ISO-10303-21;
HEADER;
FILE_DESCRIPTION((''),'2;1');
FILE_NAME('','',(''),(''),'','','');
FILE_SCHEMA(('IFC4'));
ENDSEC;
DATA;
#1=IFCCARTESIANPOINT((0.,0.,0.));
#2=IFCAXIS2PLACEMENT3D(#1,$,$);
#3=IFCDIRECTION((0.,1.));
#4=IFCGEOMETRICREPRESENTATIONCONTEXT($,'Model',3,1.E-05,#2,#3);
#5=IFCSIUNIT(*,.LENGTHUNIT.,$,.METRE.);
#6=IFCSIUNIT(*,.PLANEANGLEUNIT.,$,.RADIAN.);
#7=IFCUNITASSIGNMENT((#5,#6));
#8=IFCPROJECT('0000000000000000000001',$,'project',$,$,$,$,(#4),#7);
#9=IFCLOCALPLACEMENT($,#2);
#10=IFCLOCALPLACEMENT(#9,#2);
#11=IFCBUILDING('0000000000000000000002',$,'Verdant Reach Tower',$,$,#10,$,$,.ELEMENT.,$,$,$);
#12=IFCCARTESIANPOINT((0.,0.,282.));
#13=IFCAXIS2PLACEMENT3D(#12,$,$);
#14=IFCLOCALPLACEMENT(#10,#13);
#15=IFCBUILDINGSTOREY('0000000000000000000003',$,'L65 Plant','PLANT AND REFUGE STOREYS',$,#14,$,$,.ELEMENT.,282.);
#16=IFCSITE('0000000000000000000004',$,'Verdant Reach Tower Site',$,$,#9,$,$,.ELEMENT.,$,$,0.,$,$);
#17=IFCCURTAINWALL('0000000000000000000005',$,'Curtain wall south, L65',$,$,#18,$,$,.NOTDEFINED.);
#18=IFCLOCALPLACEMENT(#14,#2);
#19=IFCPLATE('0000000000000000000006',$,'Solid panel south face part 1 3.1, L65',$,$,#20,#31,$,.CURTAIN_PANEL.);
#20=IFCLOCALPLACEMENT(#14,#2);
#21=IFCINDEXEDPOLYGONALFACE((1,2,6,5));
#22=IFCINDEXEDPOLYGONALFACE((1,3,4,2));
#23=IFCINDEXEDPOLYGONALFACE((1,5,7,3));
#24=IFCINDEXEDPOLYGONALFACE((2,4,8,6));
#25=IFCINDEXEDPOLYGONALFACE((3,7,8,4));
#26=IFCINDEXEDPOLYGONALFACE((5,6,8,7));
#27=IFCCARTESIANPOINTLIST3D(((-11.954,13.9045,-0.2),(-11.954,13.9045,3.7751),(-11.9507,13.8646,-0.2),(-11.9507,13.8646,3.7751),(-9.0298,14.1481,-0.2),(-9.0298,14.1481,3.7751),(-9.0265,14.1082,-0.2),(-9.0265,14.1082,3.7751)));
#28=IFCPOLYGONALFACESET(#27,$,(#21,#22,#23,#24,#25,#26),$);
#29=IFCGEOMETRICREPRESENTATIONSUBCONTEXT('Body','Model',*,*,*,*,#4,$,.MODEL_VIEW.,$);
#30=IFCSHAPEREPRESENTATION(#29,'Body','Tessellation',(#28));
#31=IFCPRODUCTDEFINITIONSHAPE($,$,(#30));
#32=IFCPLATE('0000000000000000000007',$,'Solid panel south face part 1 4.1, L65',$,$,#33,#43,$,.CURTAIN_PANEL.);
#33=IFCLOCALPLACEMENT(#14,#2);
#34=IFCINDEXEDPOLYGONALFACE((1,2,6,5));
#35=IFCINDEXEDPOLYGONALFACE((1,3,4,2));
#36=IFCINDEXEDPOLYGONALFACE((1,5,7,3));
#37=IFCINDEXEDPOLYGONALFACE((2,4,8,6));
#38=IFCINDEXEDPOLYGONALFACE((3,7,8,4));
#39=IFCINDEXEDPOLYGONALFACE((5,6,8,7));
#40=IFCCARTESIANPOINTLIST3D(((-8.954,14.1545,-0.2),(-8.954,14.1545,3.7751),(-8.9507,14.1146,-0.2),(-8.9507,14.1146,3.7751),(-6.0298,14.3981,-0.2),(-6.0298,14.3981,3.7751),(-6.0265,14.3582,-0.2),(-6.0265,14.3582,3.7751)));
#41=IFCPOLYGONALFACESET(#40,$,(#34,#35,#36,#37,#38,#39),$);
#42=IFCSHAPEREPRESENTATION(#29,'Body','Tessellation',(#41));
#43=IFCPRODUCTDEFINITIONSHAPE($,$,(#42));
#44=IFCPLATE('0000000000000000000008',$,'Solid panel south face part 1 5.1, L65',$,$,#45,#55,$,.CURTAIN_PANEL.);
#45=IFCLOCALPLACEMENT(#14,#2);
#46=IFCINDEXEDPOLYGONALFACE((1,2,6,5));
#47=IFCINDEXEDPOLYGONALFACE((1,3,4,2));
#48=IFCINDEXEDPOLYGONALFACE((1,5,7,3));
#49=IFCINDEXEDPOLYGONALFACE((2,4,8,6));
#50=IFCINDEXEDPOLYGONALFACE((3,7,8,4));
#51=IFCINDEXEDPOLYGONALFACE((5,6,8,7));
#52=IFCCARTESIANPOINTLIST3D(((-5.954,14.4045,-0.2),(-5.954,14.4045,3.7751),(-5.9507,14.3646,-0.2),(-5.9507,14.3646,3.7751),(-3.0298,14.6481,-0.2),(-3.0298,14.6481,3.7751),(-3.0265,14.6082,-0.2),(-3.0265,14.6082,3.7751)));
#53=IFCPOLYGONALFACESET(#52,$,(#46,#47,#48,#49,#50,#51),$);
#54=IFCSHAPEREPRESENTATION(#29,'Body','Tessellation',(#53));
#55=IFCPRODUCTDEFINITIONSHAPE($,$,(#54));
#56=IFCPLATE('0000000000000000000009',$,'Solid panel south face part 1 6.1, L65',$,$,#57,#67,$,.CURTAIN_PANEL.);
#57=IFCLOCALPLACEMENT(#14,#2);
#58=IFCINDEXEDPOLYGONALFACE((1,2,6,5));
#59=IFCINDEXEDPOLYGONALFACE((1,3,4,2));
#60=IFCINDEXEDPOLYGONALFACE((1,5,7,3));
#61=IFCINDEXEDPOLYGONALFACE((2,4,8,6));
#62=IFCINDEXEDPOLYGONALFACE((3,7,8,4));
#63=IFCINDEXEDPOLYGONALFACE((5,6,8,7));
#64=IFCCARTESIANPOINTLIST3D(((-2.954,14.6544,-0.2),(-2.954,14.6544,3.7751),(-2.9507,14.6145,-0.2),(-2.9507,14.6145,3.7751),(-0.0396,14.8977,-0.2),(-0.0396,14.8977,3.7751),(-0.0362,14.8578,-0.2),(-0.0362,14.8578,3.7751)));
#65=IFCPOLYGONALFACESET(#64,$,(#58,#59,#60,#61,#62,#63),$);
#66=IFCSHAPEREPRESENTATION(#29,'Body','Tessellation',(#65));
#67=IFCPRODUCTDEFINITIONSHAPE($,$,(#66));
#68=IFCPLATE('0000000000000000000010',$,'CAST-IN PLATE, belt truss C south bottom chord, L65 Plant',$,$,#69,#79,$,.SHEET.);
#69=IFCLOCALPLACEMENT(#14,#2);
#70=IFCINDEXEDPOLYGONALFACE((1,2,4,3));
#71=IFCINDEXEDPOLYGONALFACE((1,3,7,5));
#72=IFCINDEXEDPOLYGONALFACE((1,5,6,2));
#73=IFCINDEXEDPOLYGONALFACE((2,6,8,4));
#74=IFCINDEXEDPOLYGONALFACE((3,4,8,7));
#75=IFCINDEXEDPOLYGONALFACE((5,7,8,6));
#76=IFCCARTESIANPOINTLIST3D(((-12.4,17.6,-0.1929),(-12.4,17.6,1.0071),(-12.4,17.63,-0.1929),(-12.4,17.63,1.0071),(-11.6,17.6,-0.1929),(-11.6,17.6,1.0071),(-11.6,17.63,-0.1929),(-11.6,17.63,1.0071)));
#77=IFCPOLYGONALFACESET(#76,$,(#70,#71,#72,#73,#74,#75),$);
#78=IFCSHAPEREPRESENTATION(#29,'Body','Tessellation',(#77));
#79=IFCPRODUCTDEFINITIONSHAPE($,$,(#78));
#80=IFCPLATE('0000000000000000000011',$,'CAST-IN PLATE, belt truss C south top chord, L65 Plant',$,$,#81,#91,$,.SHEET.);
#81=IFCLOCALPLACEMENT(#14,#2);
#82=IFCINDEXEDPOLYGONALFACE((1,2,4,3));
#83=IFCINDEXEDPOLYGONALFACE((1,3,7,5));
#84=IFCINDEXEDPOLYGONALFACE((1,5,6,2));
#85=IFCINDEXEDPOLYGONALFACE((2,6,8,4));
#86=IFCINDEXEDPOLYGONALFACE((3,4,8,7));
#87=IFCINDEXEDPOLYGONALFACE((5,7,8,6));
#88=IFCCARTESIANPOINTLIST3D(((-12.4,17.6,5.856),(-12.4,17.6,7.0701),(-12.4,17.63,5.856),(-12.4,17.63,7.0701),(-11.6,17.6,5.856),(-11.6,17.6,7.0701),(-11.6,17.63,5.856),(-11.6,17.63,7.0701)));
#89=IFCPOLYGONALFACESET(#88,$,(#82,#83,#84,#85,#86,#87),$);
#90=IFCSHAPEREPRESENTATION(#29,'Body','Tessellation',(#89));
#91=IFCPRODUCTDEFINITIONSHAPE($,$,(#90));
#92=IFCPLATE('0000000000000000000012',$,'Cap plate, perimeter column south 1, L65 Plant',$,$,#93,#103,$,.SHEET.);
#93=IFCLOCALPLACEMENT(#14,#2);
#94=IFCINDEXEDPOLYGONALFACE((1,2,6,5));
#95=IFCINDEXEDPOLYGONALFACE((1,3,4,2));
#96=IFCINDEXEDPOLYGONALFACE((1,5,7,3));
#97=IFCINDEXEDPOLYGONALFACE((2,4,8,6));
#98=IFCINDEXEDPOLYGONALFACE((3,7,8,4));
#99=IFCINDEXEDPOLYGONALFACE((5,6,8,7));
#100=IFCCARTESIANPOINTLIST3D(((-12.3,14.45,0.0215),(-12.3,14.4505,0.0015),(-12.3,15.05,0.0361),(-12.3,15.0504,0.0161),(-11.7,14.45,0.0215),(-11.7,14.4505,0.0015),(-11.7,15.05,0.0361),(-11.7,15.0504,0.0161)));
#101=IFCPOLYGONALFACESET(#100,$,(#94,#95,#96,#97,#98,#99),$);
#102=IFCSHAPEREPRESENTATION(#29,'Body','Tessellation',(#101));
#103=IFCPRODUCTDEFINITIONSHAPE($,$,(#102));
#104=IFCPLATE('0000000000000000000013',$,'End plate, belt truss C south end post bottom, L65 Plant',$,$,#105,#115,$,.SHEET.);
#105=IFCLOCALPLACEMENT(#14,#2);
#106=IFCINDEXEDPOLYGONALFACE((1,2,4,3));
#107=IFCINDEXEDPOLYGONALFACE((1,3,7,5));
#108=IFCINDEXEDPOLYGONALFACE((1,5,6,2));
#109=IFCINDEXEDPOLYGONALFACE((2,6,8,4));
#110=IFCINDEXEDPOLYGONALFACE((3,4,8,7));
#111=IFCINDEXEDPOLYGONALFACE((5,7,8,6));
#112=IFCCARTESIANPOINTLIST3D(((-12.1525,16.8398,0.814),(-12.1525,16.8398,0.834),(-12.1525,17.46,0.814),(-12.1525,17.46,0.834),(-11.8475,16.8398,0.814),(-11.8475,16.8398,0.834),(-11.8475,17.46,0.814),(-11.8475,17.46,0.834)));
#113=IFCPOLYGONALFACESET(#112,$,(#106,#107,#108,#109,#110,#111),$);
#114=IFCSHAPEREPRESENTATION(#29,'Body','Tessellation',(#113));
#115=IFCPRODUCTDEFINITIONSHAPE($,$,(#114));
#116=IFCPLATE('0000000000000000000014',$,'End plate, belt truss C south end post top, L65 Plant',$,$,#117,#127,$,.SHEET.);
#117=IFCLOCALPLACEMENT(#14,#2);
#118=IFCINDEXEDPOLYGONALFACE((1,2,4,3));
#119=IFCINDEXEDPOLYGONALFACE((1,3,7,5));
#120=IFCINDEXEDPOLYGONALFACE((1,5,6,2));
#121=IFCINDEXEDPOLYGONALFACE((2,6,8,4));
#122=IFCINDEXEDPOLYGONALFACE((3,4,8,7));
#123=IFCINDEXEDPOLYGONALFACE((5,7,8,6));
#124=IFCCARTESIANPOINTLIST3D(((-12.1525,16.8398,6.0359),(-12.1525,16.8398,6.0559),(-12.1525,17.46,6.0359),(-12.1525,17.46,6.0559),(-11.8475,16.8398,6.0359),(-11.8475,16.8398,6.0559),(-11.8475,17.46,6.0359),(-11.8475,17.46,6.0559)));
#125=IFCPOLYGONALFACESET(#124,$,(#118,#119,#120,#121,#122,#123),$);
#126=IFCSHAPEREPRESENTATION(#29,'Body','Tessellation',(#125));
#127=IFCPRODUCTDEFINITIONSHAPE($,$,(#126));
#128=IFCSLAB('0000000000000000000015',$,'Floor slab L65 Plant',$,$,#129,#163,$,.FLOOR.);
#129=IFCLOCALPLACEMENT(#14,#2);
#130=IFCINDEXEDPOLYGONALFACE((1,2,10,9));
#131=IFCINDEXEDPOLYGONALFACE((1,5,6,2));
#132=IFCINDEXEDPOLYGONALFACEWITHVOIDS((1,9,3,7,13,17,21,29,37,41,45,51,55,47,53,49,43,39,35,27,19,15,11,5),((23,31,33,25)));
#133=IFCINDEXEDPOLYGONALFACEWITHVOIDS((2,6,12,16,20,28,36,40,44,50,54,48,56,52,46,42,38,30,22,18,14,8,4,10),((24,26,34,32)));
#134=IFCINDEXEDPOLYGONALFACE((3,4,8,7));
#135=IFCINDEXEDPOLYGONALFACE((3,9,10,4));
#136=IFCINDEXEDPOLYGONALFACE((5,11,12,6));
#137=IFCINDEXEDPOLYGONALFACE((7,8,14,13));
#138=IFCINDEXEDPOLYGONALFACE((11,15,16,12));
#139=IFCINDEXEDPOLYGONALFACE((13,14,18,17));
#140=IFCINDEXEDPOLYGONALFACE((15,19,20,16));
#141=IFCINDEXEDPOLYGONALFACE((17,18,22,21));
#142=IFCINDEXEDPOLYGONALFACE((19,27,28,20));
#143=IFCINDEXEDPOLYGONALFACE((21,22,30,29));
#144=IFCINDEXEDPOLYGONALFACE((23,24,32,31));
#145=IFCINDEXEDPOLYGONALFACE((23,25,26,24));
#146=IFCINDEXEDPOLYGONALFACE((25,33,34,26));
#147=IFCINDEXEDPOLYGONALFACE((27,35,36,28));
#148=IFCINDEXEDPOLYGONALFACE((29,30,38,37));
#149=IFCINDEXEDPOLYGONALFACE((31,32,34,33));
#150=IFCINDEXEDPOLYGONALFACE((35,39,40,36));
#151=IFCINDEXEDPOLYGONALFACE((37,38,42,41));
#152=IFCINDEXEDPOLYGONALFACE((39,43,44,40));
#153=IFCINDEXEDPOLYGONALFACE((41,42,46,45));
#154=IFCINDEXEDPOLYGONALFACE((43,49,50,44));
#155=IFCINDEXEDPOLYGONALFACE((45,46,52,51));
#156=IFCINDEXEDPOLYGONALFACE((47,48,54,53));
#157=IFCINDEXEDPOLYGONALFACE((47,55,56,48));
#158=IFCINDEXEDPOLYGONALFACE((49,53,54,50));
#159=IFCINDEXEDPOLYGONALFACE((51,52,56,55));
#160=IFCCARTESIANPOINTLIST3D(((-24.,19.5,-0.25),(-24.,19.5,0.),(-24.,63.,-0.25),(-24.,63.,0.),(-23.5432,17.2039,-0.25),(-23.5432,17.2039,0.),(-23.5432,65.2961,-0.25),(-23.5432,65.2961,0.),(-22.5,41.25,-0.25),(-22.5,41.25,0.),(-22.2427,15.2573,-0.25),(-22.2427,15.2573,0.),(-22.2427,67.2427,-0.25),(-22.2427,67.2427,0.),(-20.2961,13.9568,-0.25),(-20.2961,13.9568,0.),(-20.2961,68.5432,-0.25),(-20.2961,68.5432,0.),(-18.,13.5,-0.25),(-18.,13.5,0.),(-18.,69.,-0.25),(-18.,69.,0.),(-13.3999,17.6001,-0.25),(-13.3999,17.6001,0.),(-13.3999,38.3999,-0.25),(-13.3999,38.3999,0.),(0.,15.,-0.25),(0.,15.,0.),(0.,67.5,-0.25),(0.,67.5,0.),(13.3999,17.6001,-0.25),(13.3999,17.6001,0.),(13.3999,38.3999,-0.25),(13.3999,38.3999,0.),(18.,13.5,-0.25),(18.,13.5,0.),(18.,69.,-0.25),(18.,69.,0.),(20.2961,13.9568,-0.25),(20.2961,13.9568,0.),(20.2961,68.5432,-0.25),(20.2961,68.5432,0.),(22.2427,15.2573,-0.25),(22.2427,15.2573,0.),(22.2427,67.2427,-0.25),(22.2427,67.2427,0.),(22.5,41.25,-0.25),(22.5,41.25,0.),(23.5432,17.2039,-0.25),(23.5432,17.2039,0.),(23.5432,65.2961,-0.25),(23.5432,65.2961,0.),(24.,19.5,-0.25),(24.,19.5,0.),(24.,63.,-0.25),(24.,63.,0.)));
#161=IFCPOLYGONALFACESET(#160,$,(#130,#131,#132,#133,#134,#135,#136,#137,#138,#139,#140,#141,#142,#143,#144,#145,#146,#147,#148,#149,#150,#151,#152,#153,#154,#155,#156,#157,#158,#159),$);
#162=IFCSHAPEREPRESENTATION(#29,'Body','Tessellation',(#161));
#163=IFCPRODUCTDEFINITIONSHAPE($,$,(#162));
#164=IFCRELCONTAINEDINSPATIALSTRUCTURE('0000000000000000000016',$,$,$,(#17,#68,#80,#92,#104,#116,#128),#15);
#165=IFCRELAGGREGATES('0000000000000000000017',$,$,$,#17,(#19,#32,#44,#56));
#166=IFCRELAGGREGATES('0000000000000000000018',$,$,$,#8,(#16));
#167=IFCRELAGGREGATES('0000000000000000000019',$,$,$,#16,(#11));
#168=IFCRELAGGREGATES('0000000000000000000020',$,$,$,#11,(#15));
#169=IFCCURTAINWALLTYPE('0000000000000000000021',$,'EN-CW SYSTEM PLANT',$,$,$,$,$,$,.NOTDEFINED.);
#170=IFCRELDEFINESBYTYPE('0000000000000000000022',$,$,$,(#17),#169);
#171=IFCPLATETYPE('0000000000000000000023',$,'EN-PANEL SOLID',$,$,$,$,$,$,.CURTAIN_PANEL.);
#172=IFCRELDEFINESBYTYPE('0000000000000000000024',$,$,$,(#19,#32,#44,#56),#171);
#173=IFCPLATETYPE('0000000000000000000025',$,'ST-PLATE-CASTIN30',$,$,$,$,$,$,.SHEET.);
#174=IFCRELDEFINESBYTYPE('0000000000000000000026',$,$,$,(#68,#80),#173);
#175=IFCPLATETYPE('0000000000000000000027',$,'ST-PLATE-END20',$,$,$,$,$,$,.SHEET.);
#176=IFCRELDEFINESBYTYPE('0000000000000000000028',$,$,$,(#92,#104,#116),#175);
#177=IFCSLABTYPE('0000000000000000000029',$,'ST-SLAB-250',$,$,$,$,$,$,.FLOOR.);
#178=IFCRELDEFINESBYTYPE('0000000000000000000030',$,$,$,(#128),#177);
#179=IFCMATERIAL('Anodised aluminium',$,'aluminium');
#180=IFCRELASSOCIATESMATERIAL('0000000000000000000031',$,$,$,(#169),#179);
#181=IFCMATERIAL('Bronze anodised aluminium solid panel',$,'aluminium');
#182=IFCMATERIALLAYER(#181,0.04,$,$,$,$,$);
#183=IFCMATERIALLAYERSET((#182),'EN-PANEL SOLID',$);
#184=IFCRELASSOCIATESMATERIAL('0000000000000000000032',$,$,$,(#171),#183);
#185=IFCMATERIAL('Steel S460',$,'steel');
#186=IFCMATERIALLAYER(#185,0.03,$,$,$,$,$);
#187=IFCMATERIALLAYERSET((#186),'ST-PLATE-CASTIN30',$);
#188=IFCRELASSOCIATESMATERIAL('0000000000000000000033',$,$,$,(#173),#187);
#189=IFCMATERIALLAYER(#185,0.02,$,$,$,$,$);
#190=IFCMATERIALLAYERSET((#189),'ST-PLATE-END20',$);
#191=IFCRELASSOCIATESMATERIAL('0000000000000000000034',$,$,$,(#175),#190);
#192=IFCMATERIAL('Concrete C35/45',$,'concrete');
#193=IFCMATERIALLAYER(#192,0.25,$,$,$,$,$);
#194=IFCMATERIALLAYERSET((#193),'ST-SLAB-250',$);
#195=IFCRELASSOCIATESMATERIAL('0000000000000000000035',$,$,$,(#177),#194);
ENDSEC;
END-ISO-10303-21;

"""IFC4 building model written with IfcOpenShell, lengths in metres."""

from ifc_helpers import new_model, si_unit, direction, frame, origin, origin_2d, place, context, subcontext, project, spatial, polyline, rectangle, outline, extrude, material, layer, layer_set, type_object, element, aggregate, save


model = new_model("IFC4")

# Units and contexts
model_context = context("Model", 3, precision=1e-05, world=origin(), true_north=direction((0.0, 1.0)))
body_context = subcontext(model_context, "Body", "Model", "MODEL_VIEW")
ifc_project = project(units=[si_unit("LENGTHUNIT", "METRE"), si_unit("PLANEANGLEUNIT", "RADIAN")], contexts=[model_context])

# Site, building, storey
site_placement = place(None, origin())
site = spatial("IfcSite", under=ifc_project, at=site_placement, Name="Verdant Reach Tower Site", CompositionType="ELEMENT", RefElevation=0.0)
building_placement = place(site_placement, origin())
building = spatial("IfcBuilding", under=site, at=building_placement, Name="Verdant Reach Tower", CompositionType="ELEMENT")
storey_placement = place(building_placement, frame((0.0, 0.0, 282.0)))
storey = spatial("IfcBuildingStorey", under=building, at=storey_placement, Name="L65 Plant", Description="PLANT AND REFUGE STOREYS", CompositionType="ELEMENT", Elevation=282.0)

# Shared definitions
ifc_material_1 = material(Name="Steel S460", Category="steel")

# Curtain wall
ifc_material_2 = material(Name="Anodised aluminium", Category="aluminium")
curtain_wall_type = type_object("IfcCurtainWallType", Name="EN-CW SYSTEM PLANT", PredefinedType="NOTDEFINED", material=ifc_material_2)
curtain_wall_placement = place(storey_placement, origin())
curtain_wall = element("IfcCurtainWall", 1, at=curtain_wall_placement, inside=storey, type_object=curtain_wall_type, Name="Curtain wall south, L65", PredefinedType="NOTDEFINED")

# Plates
ifc_material_3 = material(Name="Bronze anodised aluminium solid panel", Category="aluminium")
ifc_layer_1 = layer(ifc_material_3, 0.04)
ifc_layer_set_1 = layer_set([ifc_layer_1], Name="EN-PANEL SOLID")
plate_type_1 = type_object("IfcPlateType", Name="EN-PANEL SOLID", PredefinedType="CURTAIN_PANEL", material=ifc_layer_set_1)
plate_1_placement = place(storey_placement, frame((-10.4902, 14.0063, -0.2), z_axis=(0.0, 0.0, 1.0), x_axis=(0.996546, 0.083045, 0.0)))
plate_1 = element("IfcPlate", 2, at=plate_1_placement, type_object=plate_type_1, Name="Solid panel south face part 1 3.1, L65", PredefinedType="CURTAIN_PANEL", context=body_context, shape_type="SweptSolid", body=[
    extrude(rectangle(XDim=2.9343, YDim=0.04, at=origin_2d()), origin(), (0.0, 0.0, 1.0), 3.9751),
])
plate_2_placement = place(storey_placement, frame((-7.4902, 14.2563, -0.2), z_axis=(0.0, 0.0, 1.0), x_axis=(0.996546, 0.083045, 0.0)))
plate_2 = element("IfcPlate", 3, at=plate_2_placement, type_object=plate_type_1, Name="Solid panel south face part 1 4.1, L65", PredefinedType="CURTAIN_PANEL", context=body_context, shape_type="SweptSolid", body=[
    extrude(rectangle(XDim=2.9343, YDim=0.04, at=origin_2d()), origin(), (0.0, 0.0, 1.0), 3.9751),
])
plate_3_placement = place(storey_placement, frame((-4.4902, 14.5063, -0.2), z_axis=(0.0, 0.0, 1.0), x_axis=(0.996546, 0.083045, 0.0)))
plate_3 = element("IfcPlate", 4, at=plate_3_placement, type_object=plate_type_1, Name="Solid panel south face part 1 5.1, L65", PredefinedType="CURTAIN_PANEL", context=body_context, shape_type="SweptSolid", body=[
    extrude(rectangle(XDim=2.9343, YDim=0.04, at=origin_2d()), origin(), (0.0, 0.0, 1.0), 3.9751),
])
plate_4_placement = place(storey_placement, frame((-1.4951, 14.7561, -0.2), z_axis=(0.0, 0.0, 1.0), x_axis=(0.996534, 0.083182, 0.0)))
plate_4 = element("IfcPlate", 5, at=plate_4_placement, type_object=plate_type_1, Name="Solid panel south face part 1 6.1, L65", PredefinedType="CURTAIN_PANEL", context=body_context, shape_type="SweptSolid", body=[
    extrude(rectangle(XDim=2.9246, YDim=0.04, at=origin_2d()), origin(), (0.0, 0.0, 1.0), 3.9751),
])

# Plates
ifc_layer_2 = layer(ifc_material_1, 0.03)
ifc_layer_set_2 = layer_set([ifc_layer_2], Name="ST-PLATE-CASTIN30")
plate_type_2 = type_object("IfcPlateType", Name="ST-PLATE-CASTIN30", PredefinedType="SHEET", material=ifc_layer_set_2)
plate_5_placement = place(storey_placement, frame((-12.0, 17.615, -0.1929), z_axis=(0.0, 0.0, 1.0), x_axis=(1.0, 0.0, 0.0)))
element("IfcPlate", 6, at=plate_5_placement, inside=storey, type_object=plate_type_2, Name="CAST-IN PLATE, belt truss C south bottom chord, L65 Plant", PredefinedType="SHEET", context=body_context, shape_type="SweptSolid", body=[
    extrude(rectangle(XDim=0.8, YDim=0.03, at=origin_2d()), origin(), (0.0, 0.0, 1.0), 1.2),
])
plate_6_placement = place(storey_placement, frame((-12.0, 17.615, 5.856), z_axis=(0.0, 0.0, 1.0), x_axis=(1.0, 0.0, 0.0)))
element("IfcPlate", 7, at=plate_6_placement, inside=storey, type_object=plate_type_2, Name="CAST-IN PLATE, belt truss C south top chord, L65 Plant", PredefinedType="SHEET", context=body_context, shape_type="SweptSolid", body=[
    extrude(rectangle(XDim=0.8, YDim=0.03, at=origin_2d()), origin(), (0.0, 0.0, 1.0), 1.2141),
])
ifc_layer_3 = layer(ifc_material_1, 0.02)
ifc_layer_set_3 = layer_set([ifc_layer_3], Name="ST-PLATE-END20")
plate_type_3 = type_object("IfcPlateType", Name="ST-PLATE-END20", PredefinedType="SHEET", material=ifc_layer_set_3)
plate_7_placement = place(storey_placement, frame((-12.0, 14.7505, 0.0088), z_axis=(0.0, -0.024383, 0.999703), x_axis=(1.0, 0.0, 0.0)))
element("IfcPlate", 8, at=plate_7_placement, inside=storey, type_object=plate_type_3, Name="Cap plate, perimeter column south 1, L65 Plant", PredefinedType="SHEET", context=body_context, shape_type="SweptSolid", body=[
    extrude(rectangle(XDim=0.6001, YDim=0.6001, at=origin_2d()), origin(), (0.0, 0.0, 1.0), 0.02),
])
for number, where, z_axis, x_axis, name in (
    (9, (-12.0, 17.1499, 0.814), (0.0, 0.0, 1.0), (1.0, 0.0, 0.0), "End plate, belt truss C south end post bottom, L65 Plant"),
    (10, (-12.0, 17.1499, 6.0359), (0.0, 0.0, 1.0), (1.0, 0.0, 0.0), "End plate, belt truss C south end post top, L65 Plant"),
):
    element("IfcPlate", number, at=place(storey_placement, frame(where, z_axis=z_axis, x_axis=x_axis)), inside=storey, type_object=plate_type_3, Name=name, PredefinedType="SHEET", context=body_context, shape_type="SweptSolid", body=[
        extrude(rectangle(XDim=0.3049, YDim=0.6201, at=origin_2d()), origin(), (0.0, 0.0, 1.0), 0.02),
    ])

# Slab
ifc_material_4 = material(Name="Concrete C35/45", Category="concrete")
ifc_layer_4 = layer(ifc_material_4, 0.25)
ifc_layer_set_4 = layer_set([ifc_layer_4], Name="ST-SLAB-250")
slab_type_1 = type_object("IfcSlabType", Name="ST-SLAB-250", PredefinedType="FLOOR", material=ifc_layer_set_4)
slab_1_placement = place(storey_placement, frame((0.0, 0.0, -0.25)))
element("IfcSlab", 11, at=slab_1_placement, inside=storey, type_object=slab_type_1, Name="Floor slab L65 Plant", PredefinedType="FLOOR", context=body_context, shape_type="SweptSolid", body=[
    extrude(outline(polyline([(0.0, 15.0), (-18.0, 13.5), (-20.2961, 13.9568), (-22.2427, 15.2573), (-23.5432, 17.2039), (-24.0, 19.5), (-22.5, 41.25), (-24.0, 63.0), (-23.5432, 65.2961), (-22.2427, 67.2427), (-20.2961, 68.5432), (-18.0, 69.0), (0.0, 67.5), (18.0, 69.0), (20.2961, 68.5432), (22.2427, 67.2427), (23.5432, 65.2961), (24.0, 63.0), (22.5, 41.25), (24.0, 19.5), (23.5432, 17.2039), (22.2427, 15.2573), (20.2961, 13.9568), (18.0, 13.5), (0.0, 15.0)]), holes=[polyline([(13.3999, 38.3999), (-13.3999, 38.3999), (-13.3999, 17.6001), (13.3999, 17.6001), (13.3999, 38.3999)])]), origin(), (0.0, 0.0, 1.0), 0.25),
])

aggregate(curtain_wall, [plate_1, plate_2, plate_3, plate_4])

save(model, "model.ifc")
